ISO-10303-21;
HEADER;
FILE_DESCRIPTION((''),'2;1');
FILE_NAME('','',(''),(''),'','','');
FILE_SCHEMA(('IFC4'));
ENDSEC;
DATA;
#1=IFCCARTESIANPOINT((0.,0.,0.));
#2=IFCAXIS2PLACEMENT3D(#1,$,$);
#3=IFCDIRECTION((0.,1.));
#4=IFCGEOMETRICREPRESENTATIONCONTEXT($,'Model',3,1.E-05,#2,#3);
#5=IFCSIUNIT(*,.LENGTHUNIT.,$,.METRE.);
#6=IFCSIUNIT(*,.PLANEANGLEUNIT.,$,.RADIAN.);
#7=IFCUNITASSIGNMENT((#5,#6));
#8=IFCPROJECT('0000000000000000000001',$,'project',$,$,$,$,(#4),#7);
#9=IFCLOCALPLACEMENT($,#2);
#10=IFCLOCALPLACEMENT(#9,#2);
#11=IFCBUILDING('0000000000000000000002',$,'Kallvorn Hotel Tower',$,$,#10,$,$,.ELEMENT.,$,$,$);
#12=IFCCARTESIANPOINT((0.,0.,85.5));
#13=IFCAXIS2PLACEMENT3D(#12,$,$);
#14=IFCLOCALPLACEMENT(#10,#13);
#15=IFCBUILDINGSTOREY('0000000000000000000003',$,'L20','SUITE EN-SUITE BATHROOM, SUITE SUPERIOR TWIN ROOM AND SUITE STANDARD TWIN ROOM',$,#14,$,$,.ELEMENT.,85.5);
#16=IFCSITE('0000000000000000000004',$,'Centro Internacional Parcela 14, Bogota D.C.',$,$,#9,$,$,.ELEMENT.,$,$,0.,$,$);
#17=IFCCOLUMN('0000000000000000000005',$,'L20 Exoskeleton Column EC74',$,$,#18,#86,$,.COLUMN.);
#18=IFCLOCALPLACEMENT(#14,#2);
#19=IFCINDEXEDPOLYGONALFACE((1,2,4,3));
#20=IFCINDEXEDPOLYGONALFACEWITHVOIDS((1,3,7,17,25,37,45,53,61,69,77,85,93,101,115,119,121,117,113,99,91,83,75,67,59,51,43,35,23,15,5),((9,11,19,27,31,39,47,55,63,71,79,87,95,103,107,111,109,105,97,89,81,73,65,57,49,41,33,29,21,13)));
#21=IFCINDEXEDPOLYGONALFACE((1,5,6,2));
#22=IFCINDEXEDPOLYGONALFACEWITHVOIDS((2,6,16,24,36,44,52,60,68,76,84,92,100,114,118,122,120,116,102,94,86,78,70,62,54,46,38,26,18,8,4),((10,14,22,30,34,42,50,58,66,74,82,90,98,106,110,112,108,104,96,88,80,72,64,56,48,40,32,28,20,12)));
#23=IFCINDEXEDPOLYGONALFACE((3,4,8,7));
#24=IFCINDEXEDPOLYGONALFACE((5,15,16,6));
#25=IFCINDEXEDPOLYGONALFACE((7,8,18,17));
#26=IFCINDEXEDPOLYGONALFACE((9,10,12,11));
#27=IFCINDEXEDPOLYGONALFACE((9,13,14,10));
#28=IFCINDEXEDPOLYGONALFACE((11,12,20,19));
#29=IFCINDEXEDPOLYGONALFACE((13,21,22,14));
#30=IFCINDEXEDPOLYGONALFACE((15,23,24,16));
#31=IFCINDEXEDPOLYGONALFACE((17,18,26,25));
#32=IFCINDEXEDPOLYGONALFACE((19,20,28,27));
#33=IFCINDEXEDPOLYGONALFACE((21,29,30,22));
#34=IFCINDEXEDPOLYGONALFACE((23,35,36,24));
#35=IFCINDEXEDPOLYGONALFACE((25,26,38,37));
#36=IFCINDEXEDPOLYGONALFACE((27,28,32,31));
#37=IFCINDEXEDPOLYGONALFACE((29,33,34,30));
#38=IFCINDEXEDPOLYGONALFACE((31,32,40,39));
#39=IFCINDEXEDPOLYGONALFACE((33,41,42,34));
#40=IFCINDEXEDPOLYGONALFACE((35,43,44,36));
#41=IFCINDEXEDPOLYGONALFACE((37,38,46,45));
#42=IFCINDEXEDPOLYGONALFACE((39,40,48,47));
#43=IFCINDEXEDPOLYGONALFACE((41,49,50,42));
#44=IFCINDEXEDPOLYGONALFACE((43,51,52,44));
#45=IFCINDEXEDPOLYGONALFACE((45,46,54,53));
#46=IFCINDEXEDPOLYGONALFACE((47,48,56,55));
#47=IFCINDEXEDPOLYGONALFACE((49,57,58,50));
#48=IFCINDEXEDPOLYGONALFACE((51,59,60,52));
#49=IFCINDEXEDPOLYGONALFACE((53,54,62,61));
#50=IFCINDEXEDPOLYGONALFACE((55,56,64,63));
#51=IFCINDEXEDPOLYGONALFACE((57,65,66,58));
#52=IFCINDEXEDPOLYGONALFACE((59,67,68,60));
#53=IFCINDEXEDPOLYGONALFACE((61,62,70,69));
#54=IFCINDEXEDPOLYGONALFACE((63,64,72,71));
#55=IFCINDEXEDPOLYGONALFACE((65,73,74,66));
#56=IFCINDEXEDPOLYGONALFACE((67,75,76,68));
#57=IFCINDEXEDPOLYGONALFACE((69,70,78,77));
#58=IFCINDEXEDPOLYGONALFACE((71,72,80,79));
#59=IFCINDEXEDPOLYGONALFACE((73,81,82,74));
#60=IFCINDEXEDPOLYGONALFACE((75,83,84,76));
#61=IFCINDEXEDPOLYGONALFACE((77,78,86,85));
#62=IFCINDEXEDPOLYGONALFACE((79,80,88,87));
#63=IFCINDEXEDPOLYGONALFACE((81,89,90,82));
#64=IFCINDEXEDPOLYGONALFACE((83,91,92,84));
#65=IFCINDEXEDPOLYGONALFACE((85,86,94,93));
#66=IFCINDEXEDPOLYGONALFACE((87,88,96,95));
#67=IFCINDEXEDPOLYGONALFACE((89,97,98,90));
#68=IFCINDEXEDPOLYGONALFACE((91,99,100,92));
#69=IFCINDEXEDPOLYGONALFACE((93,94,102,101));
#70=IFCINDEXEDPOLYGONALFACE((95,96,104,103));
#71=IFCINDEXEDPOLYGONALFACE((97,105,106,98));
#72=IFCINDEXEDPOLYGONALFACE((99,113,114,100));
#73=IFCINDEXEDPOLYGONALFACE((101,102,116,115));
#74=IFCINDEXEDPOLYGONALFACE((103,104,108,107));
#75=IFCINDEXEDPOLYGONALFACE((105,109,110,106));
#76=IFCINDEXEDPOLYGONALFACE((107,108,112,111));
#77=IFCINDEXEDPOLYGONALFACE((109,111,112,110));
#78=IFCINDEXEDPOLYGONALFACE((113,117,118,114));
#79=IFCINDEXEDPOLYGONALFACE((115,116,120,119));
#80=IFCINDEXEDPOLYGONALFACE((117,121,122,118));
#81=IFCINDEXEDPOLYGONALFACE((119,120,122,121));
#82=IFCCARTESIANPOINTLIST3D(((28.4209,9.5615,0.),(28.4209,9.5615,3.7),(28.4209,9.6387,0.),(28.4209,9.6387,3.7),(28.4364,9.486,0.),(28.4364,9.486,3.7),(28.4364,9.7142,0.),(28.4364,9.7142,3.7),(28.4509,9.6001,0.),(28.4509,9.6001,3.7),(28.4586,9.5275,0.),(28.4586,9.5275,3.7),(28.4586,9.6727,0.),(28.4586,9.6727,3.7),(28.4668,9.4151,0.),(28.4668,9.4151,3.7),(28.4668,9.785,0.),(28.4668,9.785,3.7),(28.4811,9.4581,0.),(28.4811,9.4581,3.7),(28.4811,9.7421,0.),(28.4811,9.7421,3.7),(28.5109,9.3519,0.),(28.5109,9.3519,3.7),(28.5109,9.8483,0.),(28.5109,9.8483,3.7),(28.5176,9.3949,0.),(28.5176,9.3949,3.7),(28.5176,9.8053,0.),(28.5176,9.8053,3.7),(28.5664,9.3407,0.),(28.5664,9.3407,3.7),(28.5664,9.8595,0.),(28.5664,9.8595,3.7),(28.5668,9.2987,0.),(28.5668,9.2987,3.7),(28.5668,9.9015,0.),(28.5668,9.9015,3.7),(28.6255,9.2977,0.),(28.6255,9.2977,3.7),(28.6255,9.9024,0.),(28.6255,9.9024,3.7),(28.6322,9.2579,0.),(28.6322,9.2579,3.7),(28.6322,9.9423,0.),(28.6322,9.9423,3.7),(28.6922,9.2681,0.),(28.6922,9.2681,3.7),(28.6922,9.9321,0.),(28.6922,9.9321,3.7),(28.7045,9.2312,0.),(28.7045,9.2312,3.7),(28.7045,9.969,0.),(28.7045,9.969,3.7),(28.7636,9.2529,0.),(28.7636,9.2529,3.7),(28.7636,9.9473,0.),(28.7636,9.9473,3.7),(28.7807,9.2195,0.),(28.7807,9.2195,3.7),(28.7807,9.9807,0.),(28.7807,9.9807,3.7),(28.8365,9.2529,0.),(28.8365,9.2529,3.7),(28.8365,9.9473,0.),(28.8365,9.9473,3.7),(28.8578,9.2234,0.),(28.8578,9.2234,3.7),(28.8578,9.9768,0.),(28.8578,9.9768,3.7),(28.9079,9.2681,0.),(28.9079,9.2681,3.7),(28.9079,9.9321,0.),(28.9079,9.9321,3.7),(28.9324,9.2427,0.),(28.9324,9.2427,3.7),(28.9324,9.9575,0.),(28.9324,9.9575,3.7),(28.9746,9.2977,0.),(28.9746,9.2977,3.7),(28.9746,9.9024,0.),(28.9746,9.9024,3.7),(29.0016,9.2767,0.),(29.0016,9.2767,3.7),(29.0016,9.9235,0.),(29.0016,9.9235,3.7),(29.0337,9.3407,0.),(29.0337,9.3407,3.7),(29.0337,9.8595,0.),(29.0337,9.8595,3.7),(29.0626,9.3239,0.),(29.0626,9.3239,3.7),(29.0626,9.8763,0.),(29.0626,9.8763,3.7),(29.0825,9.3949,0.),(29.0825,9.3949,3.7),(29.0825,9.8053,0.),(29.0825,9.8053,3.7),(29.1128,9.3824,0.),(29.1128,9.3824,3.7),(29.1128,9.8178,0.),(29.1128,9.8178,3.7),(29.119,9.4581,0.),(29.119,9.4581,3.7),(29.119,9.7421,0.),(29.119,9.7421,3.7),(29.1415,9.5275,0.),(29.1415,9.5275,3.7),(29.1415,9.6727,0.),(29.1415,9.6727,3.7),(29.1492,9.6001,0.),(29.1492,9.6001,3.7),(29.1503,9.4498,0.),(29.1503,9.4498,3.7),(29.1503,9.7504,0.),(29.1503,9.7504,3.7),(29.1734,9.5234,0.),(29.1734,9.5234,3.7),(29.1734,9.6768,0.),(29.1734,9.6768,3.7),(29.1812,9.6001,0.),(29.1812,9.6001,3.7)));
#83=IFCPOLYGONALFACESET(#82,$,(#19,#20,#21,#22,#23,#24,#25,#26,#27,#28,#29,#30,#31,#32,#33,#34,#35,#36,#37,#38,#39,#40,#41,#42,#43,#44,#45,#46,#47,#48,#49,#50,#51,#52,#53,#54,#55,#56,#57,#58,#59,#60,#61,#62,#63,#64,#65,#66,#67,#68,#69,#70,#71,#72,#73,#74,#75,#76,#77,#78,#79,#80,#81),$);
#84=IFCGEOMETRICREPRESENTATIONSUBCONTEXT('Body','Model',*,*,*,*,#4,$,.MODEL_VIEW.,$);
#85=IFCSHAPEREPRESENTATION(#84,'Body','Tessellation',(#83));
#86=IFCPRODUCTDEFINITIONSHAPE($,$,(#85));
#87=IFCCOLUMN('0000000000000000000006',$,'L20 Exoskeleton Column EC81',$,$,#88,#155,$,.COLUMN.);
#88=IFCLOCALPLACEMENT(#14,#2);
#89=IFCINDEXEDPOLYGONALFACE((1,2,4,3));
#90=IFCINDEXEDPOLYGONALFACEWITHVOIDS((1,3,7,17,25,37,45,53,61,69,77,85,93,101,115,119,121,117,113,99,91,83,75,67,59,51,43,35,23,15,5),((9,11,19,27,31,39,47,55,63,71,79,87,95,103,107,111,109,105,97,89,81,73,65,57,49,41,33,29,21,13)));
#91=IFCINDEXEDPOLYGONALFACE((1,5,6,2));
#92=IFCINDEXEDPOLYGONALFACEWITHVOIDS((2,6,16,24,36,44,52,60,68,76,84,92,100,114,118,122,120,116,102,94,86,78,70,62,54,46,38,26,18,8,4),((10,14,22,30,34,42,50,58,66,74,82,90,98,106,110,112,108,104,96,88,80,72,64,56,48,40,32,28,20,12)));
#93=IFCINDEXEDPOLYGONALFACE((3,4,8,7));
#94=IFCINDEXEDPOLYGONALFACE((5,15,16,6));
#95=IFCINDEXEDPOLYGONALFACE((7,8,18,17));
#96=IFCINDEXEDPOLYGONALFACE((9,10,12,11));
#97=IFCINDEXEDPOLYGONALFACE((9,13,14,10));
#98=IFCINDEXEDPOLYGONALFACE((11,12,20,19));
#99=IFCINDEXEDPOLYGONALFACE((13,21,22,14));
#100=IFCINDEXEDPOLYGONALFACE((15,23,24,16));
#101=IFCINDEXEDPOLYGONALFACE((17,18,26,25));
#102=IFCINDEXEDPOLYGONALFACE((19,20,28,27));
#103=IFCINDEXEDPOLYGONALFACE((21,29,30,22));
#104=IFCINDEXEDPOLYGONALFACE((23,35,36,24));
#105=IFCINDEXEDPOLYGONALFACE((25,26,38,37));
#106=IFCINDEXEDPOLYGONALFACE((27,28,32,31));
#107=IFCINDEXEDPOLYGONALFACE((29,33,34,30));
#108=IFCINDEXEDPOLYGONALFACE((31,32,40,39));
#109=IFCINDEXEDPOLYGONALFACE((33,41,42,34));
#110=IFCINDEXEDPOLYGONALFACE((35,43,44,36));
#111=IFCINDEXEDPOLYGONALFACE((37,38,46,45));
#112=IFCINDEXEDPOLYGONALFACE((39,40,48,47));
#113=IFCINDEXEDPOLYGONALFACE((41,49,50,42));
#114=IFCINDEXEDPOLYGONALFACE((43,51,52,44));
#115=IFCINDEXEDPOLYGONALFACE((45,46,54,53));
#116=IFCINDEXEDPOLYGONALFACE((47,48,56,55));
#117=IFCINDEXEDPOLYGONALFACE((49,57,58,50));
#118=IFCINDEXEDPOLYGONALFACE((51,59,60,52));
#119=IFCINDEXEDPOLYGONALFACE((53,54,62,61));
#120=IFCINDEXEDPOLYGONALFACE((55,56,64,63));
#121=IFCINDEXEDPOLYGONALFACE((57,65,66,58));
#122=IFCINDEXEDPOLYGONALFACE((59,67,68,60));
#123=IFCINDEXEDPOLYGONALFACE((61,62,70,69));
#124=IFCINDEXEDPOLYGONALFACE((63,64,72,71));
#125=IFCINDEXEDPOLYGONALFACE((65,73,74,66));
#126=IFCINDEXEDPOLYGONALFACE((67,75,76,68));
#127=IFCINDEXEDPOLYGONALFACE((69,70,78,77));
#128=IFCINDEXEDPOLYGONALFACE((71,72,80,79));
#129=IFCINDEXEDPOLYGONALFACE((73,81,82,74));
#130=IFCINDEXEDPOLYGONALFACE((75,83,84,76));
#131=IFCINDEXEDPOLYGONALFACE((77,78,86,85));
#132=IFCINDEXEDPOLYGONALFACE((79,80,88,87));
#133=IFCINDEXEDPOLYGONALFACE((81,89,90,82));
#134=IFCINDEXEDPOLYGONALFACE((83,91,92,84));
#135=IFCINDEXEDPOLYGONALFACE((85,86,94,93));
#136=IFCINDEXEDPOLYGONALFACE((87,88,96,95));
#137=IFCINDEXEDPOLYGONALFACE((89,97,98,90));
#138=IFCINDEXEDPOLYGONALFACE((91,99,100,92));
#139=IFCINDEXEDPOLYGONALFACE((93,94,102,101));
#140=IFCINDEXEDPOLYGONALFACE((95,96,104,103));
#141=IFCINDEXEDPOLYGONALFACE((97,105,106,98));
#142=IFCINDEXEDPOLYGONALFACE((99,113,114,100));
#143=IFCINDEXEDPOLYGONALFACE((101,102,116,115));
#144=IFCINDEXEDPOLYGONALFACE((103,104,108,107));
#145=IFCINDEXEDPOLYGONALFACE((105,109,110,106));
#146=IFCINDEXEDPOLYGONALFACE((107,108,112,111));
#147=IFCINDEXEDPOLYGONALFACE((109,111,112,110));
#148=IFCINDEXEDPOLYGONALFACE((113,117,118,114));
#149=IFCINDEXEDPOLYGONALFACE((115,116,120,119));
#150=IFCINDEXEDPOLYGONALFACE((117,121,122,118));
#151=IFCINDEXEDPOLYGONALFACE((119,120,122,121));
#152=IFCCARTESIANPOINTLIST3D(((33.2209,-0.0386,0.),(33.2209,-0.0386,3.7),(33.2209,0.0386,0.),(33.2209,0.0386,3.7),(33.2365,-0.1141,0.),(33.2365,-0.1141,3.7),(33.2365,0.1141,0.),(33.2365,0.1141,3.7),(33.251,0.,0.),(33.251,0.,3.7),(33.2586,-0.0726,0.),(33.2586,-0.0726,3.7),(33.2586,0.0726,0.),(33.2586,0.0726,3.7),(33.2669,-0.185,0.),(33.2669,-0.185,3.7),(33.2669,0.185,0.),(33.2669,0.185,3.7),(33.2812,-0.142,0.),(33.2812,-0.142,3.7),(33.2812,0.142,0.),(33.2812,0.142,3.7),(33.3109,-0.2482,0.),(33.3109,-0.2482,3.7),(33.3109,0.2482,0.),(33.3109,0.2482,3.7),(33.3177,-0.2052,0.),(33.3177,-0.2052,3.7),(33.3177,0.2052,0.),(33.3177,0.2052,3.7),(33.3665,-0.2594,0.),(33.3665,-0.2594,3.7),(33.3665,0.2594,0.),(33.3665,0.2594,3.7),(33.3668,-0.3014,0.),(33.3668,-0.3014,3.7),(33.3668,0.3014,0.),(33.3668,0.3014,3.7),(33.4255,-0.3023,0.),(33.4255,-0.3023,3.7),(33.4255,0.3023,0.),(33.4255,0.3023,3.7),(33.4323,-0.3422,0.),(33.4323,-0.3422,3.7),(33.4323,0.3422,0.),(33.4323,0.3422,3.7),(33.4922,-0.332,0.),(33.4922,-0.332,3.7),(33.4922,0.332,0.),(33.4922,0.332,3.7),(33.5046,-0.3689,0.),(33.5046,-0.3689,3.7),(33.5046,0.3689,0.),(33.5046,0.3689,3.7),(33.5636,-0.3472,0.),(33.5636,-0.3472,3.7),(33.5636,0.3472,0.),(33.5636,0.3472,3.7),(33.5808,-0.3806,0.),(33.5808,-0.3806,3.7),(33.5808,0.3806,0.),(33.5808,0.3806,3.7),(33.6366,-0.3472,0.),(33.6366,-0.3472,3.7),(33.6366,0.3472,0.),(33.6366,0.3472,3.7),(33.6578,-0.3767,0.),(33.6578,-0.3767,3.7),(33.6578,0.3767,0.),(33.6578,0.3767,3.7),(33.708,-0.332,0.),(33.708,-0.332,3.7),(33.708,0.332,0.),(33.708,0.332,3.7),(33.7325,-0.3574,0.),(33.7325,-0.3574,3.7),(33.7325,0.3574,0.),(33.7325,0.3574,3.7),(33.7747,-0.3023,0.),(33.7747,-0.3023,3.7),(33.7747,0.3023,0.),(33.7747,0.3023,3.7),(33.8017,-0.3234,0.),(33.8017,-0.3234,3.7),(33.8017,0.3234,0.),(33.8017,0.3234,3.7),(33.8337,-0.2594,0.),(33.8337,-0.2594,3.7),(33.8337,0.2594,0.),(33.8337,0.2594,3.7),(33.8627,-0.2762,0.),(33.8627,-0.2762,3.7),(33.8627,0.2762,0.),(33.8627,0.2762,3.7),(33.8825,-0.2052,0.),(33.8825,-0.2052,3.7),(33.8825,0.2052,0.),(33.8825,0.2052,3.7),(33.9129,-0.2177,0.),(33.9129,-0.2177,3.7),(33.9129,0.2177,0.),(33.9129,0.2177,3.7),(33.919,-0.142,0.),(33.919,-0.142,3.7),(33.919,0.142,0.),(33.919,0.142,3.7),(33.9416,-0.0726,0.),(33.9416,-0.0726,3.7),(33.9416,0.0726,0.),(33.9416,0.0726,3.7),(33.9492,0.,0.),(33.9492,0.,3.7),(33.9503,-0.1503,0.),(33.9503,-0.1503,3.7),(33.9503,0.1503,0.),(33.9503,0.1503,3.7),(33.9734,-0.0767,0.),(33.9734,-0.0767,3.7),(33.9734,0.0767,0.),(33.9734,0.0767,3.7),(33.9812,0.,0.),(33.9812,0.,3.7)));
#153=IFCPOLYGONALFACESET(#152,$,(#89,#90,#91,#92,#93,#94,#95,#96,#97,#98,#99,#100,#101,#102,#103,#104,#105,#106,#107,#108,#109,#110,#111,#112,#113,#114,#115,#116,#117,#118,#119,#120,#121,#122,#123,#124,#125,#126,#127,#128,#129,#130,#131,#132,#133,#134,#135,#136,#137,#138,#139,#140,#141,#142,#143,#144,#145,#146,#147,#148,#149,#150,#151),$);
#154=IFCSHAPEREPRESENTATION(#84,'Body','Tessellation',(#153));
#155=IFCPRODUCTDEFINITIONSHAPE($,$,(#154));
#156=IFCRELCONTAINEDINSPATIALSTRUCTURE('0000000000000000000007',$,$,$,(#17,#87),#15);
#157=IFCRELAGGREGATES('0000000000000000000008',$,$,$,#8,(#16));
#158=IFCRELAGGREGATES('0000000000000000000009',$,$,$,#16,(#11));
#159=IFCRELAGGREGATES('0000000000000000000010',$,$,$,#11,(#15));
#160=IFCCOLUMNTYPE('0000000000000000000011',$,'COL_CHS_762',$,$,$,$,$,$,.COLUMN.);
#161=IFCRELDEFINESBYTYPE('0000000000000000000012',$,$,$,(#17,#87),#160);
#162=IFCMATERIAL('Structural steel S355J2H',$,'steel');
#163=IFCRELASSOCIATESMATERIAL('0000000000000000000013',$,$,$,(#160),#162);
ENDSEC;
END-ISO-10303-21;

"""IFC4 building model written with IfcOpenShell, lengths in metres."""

from ifc_helpers import new_model, si_unit, direction, frame, origin, origin_2d, place, context, subcontext, project, spatial, hollow_circle, extrude, material, material_profile, profile_set, type_object, element, save


model = new_model("IFC4")

# Units and contexts
model_context = context("Model", 3, precision=1e-05, world=origin(), true_north=direction((0.0, 1.0)))
body_context = subcontext(model_context, "Body", "Model", "MODEL_VIEW")
ifc_project = project(units=[si_unit("LENGTHUNIT", "METRE"), si_unit("PLANEANGLEUNIT", "RADIAN")], contexts=[model_context])

# Site, building, storey
site_placement = place(None, origin())
site = spatial("IfcSite", under=ifc_project, at=site_placement, Name="Centro Internacional Parcela 14, Bogota D.C.", CompositionType="ELEMENT", RefElevation=0.0)
building_placement = place(site_placement, origin())
building = spatial("IfcBuilding", under=site, at=building_placement, Name="Kallvorn Hotel Tower", CompositionType="ELEMENT")
storey_placement = place(building_placement, frame((0.0, 0.0, 85.5)))
storey = spatial("IfcBuildingStorey", under=building, at=storey_placement, Name="L20", Description="SUITE EN-SUITE BATHROOM, SUITE SUPERIOR TWIN ROOM AND SUITE STANDARD TWIN ROOM", CompositionType="ELEMENT", Elevation=85.5)

# Columns
ifc_material_1 = material(Name="Structural steel S355J2H", Category="steel")
ifc_material_profile_1 = material_profile(ifc_material_1, hollow_circle(Radius=0.3811, WallThickness=0.032, at=origin_2d()), Name="CHS 762x32")
ifc_profile_set_1 = profile_set([ifc_material_profile_1], Name="Structural steel S355J2H")
column_type_1 = type_object("IfcColumnType", Name="COL_CHS_762", PredefinedType="COLUMN", material=ifc_profile_set_1)
for number, where, z_axis, x_axis, name in (
    (1, (28.8, 9.6001, 0.0), (0.0, 0.0, 1.0), (1.0, 0.0, 0.0), "L20 Exoskeleton Column EC74"),
    (2, (33.6001, 0.0, 0.0), (0.0, 0.0, 1.0), (1.0, 0.0, 0.0), "L20 Exoskeleton Column EC81"),
):
    element("IfcColumn", number, at=place(storey_placement, frame(where, z_axis=z_axis, x_axis=x_axis)), inside=storey, type_object=column_type_1, Name=name, PredefinedType="COLUMN", context=body_context, shape_type="SweptSolid", body=[
        extrude(hollow_circle(Radius=0.3811, WallThickness=0.032, at=origin_2d()), origin(), (0.0, 0.0, 1.0), 3.7),
    ])

save(model, "model.ifc")
